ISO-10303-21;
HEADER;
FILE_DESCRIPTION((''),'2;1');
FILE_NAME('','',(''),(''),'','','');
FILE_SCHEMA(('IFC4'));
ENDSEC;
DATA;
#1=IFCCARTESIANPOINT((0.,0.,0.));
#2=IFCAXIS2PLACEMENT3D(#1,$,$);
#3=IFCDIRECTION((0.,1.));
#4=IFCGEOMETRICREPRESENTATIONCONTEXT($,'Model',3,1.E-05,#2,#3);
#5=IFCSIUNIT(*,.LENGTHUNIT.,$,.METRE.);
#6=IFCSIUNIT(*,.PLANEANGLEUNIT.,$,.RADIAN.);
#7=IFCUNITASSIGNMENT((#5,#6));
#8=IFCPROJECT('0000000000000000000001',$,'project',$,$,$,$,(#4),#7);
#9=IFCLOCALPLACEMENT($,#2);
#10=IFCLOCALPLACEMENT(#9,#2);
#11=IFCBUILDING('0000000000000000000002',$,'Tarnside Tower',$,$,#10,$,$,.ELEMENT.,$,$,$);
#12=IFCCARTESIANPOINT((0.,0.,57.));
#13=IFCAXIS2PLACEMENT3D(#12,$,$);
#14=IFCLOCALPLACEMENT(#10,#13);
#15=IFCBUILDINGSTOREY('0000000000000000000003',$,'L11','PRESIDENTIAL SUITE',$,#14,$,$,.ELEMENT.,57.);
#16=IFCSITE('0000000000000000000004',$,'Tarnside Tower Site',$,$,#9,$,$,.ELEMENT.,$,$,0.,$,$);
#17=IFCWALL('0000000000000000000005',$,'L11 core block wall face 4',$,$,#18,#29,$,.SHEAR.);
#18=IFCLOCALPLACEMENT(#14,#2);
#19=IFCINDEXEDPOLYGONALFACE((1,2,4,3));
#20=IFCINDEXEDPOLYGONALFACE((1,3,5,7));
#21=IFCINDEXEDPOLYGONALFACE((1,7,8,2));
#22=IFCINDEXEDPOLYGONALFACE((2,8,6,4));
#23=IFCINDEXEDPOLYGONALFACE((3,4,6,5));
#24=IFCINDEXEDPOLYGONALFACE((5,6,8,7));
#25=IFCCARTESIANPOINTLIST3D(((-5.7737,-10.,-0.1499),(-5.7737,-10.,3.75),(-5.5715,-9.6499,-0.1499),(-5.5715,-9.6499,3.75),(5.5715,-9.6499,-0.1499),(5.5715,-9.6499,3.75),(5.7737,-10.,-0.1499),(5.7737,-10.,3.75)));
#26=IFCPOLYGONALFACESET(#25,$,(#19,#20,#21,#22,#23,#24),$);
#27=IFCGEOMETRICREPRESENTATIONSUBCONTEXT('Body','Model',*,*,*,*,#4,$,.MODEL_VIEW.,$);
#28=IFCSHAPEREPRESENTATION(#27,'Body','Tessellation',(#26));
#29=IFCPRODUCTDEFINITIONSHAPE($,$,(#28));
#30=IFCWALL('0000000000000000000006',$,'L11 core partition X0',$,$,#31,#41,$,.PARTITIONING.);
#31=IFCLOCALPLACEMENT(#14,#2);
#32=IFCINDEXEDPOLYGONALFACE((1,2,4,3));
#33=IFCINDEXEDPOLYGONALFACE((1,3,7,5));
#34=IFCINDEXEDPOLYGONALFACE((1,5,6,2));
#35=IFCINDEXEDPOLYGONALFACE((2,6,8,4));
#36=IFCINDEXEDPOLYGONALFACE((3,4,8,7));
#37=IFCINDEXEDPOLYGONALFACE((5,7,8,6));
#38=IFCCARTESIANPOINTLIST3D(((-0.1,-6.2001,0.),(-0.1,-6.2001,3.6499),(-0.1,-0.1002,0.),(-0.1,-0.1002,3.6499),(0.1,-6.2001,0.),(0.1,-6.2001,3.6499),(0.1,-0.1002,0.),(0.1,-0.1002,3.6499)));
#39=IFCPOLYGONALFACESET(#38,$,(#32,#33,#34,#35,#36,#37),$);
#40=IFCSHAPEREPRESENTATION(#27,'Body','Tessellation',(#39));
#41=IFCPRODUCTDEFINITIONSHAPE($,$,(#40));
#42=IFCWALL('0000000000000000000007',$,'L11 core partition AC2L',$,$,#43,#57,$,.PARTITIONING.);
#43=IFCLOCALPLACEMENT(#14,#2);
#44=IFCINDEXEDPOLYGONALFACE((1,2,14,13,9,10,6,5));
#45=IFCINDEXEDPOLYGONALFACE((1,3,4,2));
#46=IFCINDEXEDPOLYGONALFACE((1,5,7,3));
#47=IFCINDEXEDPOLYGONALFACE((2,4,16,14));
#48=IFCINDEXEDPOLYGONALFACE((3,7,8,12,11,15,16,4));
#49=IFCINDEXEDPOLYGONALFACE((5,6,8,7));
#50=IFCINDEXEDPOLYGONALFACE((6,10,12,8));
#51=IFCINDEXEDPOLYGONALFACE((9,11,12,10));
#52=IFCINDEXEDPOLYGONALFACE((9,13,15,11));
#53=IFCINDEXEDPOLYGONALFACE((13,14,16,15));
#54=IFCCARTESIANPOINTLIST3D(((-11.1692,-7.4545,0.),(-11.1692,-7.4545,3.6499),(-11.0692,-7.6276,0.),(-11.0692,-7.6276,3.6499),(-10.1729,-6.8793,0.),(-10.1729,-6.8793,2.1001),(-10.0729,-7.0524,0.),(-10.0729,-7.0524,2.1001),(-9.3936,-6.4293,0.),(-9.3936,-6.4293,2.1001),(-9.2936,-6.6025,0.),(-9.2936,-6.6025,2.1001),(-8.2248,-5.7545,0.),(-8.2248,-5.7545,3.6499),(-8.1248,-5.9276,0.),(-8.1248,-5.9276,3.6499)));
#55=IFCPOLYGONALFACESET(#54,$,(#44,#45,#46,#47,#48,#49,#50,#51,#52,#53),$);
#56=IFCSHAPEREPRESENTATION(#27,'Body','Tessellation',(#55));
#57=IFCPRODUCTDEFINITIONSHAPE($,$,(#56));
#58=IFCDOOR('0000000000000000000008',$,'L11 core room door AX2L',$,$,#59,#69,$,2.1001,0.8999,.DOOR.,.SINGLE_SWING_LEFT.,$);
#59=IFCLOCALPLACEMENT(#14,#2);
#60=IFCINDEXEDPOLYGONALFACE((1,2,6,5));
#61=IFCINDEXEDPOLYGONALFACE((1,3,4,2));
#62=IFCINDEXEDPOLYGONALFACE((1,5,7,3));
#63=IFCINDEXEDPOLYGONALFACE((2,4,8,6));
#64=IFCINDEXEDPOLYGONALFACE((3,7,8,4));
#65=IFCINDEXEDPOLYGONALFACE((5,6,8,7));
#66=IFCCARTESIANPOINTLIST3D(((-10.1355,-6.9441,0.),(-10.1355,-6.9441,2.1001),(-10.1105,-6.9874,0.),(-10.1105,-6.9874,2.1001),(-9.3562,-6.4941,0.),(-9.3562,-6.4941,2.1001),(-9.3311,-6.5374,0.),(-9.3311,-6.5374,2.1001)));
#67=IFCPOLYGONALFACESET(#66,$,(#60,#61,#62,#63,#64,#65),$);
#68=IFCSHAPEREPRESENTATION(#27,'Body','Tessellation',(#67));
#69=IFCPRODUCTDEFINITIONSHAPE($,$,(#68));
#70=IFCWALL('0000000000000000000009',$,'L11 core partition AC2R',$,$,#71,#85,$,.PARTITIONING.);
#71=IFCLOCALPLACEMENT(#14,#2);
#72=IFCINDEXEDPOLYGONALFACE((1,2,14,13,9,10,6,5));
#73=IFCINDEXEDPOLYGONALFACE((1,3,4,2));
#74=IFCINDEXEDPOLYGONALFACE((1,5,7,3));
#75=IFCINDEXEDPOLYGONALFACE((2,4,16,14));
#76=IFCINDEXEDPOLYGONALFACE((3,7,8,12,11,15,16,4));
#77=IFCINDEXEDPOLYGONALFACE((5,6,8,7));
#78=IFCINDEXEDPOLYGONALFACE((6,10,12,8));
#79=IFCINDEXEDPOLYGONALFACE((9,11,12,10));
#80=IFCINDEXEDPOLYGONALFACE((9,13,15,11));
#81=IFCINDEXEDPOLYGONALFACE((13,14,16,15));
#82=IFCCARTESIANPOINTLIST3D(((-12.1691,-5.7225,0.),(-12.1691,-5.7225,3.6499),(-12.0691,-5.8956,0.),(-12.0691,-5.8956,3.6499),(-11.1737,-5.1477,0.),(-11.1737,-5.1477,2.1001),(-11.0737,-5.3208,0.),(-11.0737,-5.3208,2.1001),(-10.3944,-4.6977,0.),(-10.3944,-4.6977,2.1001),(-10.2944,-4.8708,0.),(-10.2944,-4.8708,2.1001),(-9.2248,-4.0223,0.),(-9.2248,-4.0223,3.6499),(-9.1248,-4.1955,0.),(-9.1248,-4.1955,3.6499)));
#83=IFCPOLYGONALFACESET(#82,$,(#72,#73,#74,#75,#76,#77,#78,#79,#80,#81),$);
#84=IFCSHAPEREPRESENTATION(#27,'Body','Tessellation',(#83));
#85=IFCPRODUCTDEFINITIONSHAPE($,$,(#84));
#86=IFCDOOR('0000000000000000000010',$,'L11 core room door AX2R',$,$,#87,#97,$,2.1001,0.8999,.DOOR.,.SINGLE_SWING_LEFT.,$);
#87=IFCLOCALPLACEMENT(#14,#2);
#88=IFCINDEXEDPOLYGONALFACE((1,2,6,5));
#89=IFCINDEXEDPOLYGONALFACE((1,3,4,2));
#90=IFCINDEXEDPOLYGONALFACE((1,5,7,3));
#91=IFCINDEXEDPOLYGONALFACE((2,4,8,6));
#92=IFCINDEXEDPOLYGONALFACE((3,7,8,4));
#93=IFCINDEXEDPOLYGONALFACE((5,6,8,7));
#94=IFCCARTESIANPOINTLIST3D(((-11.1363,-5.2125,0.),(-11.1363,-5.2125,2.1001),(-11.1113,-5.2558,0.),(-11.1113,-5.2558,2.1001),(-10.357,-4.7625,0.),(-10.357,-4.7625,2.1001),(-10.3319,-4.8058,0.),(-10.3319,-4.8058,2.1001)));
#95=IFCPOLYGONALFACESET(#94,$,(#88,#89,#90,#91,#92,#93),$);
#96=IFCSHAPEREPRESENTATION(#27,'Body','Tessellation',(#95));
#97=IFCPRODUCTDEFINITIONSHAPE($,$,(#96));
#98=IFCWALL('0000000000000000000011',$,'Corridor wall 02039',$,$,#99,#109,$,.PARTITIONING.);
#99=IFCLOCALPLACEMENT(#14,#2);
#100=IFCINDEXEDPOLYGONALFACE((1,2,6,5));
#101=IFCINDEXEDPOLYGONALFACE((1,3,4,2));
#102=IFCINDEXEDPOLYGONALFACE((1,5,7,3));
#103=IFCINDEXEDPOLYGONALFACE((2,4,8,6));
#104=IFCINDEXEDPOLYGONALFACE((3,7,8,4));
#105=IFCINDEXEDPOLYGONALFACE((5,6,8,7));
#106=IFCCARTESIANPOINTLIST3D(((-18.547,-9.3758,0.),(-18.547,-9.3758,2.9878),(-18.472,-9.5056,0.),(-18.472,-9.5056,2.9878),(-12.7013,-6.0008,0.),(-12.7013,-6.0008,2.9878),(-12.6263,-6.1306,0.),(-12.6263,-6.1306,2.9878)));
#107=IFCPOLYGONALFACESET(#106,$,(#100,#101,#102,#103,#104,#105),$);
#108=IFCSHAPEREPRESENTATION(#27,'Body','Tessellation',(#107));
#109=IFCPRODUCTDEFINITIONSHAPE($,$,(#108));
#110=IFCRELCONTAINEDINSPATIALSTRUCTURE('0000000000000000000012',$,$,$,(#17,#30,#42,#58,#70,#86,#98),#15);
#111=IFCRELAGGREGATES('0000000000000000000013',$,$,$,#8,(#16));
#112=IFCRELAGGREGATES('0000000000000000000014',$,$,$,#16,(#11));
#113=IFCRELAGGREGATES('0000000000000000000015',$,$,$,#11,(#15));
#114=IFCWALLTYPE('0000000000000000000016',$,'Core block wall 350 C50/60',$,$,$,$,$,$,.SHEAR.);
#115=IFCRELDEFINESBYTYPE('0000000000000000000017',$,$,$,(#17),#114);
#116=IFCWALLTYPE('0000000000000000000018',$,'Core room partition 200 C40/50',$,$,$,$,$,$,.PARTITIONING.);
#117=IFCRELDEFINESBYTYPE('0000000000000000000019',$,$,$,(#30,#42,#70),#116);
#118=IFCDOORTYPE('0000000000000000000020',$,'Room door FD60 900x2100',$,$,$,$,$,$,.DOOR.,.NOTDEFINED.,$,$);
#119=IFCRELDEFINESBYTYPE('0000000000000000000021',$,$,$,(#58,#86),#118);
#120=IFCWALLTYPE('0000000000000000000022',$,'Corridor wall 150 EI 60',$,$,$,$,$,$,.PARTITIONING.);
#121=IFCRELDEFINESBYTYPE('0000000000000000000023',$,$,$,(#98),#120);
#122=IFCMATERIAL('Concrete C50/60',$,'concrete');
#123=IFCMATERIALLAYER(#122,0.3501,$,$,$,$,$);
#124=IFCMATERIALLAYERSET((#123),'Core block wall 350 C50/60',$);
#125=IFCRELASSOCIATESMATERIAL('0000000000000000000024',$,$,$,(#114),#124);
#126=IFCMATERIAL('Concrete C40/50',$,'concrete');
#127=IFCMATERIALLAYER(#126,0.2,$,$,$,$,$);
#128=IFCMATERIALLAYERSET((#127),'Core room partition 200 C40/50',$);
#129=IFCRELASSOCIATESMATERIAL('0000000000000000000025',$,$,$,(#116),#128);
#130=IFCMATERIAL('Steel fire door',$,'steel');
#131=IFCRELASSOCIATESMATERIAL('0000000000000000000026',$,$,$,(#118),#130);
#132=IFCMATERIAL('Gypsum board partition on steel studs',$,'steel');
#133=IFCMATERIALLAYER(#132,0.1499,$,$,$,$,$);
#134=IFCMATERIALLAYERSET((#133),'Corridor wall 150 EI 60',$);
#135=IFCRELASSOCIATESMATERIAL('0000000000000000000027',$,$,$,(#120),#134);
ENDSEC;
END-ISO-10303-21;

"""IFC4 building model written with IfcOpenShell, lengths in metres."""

from ifc_helpers import new_model, si_unit, direction, frame, frame_2d, origin, place, context, subcontext, project, spatial, polyline, rectangle, outline, extrude, material, layer, layer_set, type_object, element, fill, save


model = new_model("IFC4")

# Units and contexts
model_context = context("Model", 3, precision=1e-05, world=origin(), true_north=direction((0.0, 1.0)))
body_context = subcontext(model_context, "Body", "Model", "MODEL_VIEW")
ifc_project = project(units=[si_unit("LENGTHUNIT", "METRE"), si_unit("PLANEANGLEUNIT", "RADIAN")], contexts=[model_context])

# Site, building, storey
site_placement = place(None, origin())
site = spatial("IfcSite", under=ifc_project, at=site_placement, Name="Tarnside Tower Site", CompositionType="ELEMENT", RefElevation=0.0)
building_placement = place(site_placement, origin())
building = spatial("IfcBuilding", under=site, at=building_placement, Name="Tarnside Tower", CompositionType="ELEMENT")
storey_placement = place(building_placement, frame((0.0, 0.0, 57.0)))
storey = spatial("IfcBuildingStorey", under=building, at=storey_placement, Name="L11", Description="PRESIDENTIAL SUITE", CompositionType="ELEMENT", Elevation=57.0)

# Walls
ifc_material_1 = material(Name="Concrete C50/60", Category="concrete")
ifc_layer_1 = layer(ifc_material_1, 0.3501)
ifc_layer_set_1 = layer_set([ifc_layer_1], Name="Core block wall 350 C50/60")
wall_type_1 = type_object("IfcWallType", Name="Core block wall 350 C50/60", PredefinedType="SHEAR", material=ifc_layer_set_1)
wall_1_placement = place(storey_placement, frame((-5.6726, -9.825, -0.1499), z_axis=(0.0, 0.0, 1.0), x_axis=(1.0, 0.0, 0.0)))
element("IfcWall", 1, at=wall_1_placement, inside=storey, type_object=wall_type_1, Name="L11 core block wall face 4", PredefinedType="SHEAR", context=body_context, shape_type="SweptSolid", body=[
    extrude(outline(polyline([(-0.1011, -0.175), (11.4463, -0.175), (11.2441, 0.175), (0.1011, 0.175), (-0.1011, -0.175)])), origin(), (0.0, 0.0, 1.0), 3.8999),
])
ifc_material_2 = material(Name="Concrete C40/50", Category="concrete")
ifc_layer_2 = layer(ifc_material_2, 0.2)
ifc_layer_set_2 = layer_set([ifc_layer_2], Name="Core room partition 200 C40/50")
wall_type_2 = type_object("IfcWallType", Name="Core room partition 200 C40/50", PredefinedType="PARTITIONING", material=ifc_layer_set_2)
wall_2_placement = place(storey_placement, frame((0.0, -6.2, 0.0), z_axis=(0.0, 0.0, 1.0), x_axis=(0.0, 1.0, 0.0)))
element("IfcWall", 2, at=wall_2_placement, inside=storey, type_object=wall_type_2, Name="L11 core partition X0", PredefinedType="PARTITIONING", context=body_context, shape_type="SweptSolid", body=[
    extrude(rectangle(XDim=6.0999, YDim=0.2, at=frame_2d((3.0498, 0.0))), origin(), (0.0, 0.0, 1.0), 3.6499),
])

# Walls, openings, doors
wall_3_placement = place(storey_placement, frame((-8.1748, -5.8411, 0.0), z_axis=(0.0, 0.0, 1.0), x_axis=(-0.866021, -0.500008, 0.0)))
wall_3 = element("IfcWall", 3, at=wall_3_placement, inside=storey, type_object=wall_type_2, Name="L11 core partition AC2L", PredefinedType="PARTITIONING", context=body_context, shape_type="SweptSolid", body=[
    extrude(rectangle(XDim=3.3999, YDim=0.2, at=frame_2d((1.7, 0.0))), origin(), (0.0, 0.0, 1.0), 3.6499),
])
opening_1_placement = place(wall_3_placement, frame((1.3496, 0.0, 0.0)))
opening_1 = element("IfcOpeningElement", 4, at=opening_1_placement, cuts=wall_3, PredefinedType="OPENING", context=body_context, shape_type="SweptSolid", body=[
    extrude(rectangle(XDim=0.8999, YDim=2.1001, at=frame_2d((0.45, 1.05))), frame((0.0, 0.1099, 0.0), z_axis=(0.0, -1.0, 0.0), x_axis=(1.0, 0.0, 0.0)), (0.0, 0.0, 1.0), 0.22),
])
ifc_material_3 = material(Name="Steel fire door", Category="steel")
door_type_1 = type_object("IfcDoorType", Name="Room door FD60 900x2100", OperationType="NOTDEFINED", PredefinedType="DOOR", material=ifc_material_3)
door_1_placement = place(opening_1_placement, origin())
door_1 = element("IfcDoor", 5, at=door_1_placement, inside=storey, type_object=door_type_1, Name="L11 core room door AX2L", OperationType="SINGLE_SWING_LEFT", OverallHeight=2.1001, OverallWidth=0.8999, PredefinedType="DOOR", context=body_context, shape_type="SweptSolid", body=[
    extrude(rectangle(XDim=0.8999, YDim=2.1001, at=frame_2d((0.45, 1.05))), frame((0.0, 0.0249, 0.0), z_axis=(0.0, -1.0, 0.0), x_axis=(1.0, 0.0, 0.0)), (0.0, 0.0, 1.0), 0.05),
])
fill(opening_1, door_1)
wall_4_placement = place(storey_placement, frame((-9.1748, -4.1089, 0.0), z_axis=(0.0, 0.0, 1.0), x_axis=(-0.865989, -0.500062, 0.0)))
wall_4 = element("IfcWall", 6, at=wall_4_placement, inside=storey, type_object=wall_type_2, Name="L11 core partition AC2R", PredefinedType="PARTITIONING", context=body_context, shape_type="SweptSolid", body=[
    extrude(rectangle(XDim=3.3999, YDim=0.2, at=frame_2d((1.7, 0.0))), origin(), (0.0, 0.0, 1.0), 3.6499),
])
opening_2_placement = place(wall_4_placement, frame((1.3506, 0.0, 0.0)))
opening_2 = element("IfcOpeningElement", 7, at=opening_2_placement, cuts=wall_4, PredefinedType="OPENING", context=body_context, shape_type="SweptSolid", body=[
    extrude(rectangle(XDim=0.8999, YDim=2.1001, at=frame_2d((0.45, 1.05))), frame((0.0, 0.1099, 0.0), z_axis=(0.0, -1.0, 0.0), x_axis=(1.0, 0.0, 0.0)), (0.0, 0.0, 1.0), 0.22),
])
door_2_placement = place(opening_2_placement, origin())
door_2 = element("IfcDoor", 8, at=door_2_placement, inside=storey, type_object=door_type_1, Name="L11 core room door AX2R", OperationType="SINGLE_SWING_LEFT", OverallHeight=2.1001, OverallWidth=0.8999, PredefinedType="DOOR", context=body_context, shape_type="SweptSolid", body=[
    extrude(rectangle(XDim=0.8999, YDim=2.1001, at=frame_2d((0.45, 1.05))), frame((0.0, 0.0249, 0.0), z_axis=(0.0, -1.0, 0.0), x_axis=(1.0, 0.0, 0.0)), (0.0, 0.0, 1.0), 0.05),
])
fill(opening_2, door_2)

# Wall
ifc_material_4 = material(Name="Gypsum board partition on steel studs", Category="steel")
ifc_layer_3 = layer(ifc_material_4, 0.1499)
ifc_layer_set_3 = layer_set([ifc_layer_3], Name="Corridor wall 150 EI 60")
wall_type_3 = type_object("IfcWallType", Name="Corridor wall 150 EI 60", PredefinedType="PARTITIONING", material=ifc_layer_set_3)
wall_5_placement = place(storey_placement, frame((-12.6638, -6.0657, 0.0), z_axis=(0.0, 0.0, 1.0), x_axis=(-0.866027, -0.499998, 0.0)))
element("IfcWall", 9, at=wall_5_placement, inside=storey, type_object=wall_type_3, Name="Corridor wall 02039", PredefinedType="PARTITIONING", context=body_context, shape_type="SweptSolid", body=[
    extrude(rectangle(XDim=6.75, YDim=0.1499, at=frame_2d((3.375, 0.0))), origin(), (0.0, 0.0, 1.0), 2.9878),
])

save(model, "model.ifc")
